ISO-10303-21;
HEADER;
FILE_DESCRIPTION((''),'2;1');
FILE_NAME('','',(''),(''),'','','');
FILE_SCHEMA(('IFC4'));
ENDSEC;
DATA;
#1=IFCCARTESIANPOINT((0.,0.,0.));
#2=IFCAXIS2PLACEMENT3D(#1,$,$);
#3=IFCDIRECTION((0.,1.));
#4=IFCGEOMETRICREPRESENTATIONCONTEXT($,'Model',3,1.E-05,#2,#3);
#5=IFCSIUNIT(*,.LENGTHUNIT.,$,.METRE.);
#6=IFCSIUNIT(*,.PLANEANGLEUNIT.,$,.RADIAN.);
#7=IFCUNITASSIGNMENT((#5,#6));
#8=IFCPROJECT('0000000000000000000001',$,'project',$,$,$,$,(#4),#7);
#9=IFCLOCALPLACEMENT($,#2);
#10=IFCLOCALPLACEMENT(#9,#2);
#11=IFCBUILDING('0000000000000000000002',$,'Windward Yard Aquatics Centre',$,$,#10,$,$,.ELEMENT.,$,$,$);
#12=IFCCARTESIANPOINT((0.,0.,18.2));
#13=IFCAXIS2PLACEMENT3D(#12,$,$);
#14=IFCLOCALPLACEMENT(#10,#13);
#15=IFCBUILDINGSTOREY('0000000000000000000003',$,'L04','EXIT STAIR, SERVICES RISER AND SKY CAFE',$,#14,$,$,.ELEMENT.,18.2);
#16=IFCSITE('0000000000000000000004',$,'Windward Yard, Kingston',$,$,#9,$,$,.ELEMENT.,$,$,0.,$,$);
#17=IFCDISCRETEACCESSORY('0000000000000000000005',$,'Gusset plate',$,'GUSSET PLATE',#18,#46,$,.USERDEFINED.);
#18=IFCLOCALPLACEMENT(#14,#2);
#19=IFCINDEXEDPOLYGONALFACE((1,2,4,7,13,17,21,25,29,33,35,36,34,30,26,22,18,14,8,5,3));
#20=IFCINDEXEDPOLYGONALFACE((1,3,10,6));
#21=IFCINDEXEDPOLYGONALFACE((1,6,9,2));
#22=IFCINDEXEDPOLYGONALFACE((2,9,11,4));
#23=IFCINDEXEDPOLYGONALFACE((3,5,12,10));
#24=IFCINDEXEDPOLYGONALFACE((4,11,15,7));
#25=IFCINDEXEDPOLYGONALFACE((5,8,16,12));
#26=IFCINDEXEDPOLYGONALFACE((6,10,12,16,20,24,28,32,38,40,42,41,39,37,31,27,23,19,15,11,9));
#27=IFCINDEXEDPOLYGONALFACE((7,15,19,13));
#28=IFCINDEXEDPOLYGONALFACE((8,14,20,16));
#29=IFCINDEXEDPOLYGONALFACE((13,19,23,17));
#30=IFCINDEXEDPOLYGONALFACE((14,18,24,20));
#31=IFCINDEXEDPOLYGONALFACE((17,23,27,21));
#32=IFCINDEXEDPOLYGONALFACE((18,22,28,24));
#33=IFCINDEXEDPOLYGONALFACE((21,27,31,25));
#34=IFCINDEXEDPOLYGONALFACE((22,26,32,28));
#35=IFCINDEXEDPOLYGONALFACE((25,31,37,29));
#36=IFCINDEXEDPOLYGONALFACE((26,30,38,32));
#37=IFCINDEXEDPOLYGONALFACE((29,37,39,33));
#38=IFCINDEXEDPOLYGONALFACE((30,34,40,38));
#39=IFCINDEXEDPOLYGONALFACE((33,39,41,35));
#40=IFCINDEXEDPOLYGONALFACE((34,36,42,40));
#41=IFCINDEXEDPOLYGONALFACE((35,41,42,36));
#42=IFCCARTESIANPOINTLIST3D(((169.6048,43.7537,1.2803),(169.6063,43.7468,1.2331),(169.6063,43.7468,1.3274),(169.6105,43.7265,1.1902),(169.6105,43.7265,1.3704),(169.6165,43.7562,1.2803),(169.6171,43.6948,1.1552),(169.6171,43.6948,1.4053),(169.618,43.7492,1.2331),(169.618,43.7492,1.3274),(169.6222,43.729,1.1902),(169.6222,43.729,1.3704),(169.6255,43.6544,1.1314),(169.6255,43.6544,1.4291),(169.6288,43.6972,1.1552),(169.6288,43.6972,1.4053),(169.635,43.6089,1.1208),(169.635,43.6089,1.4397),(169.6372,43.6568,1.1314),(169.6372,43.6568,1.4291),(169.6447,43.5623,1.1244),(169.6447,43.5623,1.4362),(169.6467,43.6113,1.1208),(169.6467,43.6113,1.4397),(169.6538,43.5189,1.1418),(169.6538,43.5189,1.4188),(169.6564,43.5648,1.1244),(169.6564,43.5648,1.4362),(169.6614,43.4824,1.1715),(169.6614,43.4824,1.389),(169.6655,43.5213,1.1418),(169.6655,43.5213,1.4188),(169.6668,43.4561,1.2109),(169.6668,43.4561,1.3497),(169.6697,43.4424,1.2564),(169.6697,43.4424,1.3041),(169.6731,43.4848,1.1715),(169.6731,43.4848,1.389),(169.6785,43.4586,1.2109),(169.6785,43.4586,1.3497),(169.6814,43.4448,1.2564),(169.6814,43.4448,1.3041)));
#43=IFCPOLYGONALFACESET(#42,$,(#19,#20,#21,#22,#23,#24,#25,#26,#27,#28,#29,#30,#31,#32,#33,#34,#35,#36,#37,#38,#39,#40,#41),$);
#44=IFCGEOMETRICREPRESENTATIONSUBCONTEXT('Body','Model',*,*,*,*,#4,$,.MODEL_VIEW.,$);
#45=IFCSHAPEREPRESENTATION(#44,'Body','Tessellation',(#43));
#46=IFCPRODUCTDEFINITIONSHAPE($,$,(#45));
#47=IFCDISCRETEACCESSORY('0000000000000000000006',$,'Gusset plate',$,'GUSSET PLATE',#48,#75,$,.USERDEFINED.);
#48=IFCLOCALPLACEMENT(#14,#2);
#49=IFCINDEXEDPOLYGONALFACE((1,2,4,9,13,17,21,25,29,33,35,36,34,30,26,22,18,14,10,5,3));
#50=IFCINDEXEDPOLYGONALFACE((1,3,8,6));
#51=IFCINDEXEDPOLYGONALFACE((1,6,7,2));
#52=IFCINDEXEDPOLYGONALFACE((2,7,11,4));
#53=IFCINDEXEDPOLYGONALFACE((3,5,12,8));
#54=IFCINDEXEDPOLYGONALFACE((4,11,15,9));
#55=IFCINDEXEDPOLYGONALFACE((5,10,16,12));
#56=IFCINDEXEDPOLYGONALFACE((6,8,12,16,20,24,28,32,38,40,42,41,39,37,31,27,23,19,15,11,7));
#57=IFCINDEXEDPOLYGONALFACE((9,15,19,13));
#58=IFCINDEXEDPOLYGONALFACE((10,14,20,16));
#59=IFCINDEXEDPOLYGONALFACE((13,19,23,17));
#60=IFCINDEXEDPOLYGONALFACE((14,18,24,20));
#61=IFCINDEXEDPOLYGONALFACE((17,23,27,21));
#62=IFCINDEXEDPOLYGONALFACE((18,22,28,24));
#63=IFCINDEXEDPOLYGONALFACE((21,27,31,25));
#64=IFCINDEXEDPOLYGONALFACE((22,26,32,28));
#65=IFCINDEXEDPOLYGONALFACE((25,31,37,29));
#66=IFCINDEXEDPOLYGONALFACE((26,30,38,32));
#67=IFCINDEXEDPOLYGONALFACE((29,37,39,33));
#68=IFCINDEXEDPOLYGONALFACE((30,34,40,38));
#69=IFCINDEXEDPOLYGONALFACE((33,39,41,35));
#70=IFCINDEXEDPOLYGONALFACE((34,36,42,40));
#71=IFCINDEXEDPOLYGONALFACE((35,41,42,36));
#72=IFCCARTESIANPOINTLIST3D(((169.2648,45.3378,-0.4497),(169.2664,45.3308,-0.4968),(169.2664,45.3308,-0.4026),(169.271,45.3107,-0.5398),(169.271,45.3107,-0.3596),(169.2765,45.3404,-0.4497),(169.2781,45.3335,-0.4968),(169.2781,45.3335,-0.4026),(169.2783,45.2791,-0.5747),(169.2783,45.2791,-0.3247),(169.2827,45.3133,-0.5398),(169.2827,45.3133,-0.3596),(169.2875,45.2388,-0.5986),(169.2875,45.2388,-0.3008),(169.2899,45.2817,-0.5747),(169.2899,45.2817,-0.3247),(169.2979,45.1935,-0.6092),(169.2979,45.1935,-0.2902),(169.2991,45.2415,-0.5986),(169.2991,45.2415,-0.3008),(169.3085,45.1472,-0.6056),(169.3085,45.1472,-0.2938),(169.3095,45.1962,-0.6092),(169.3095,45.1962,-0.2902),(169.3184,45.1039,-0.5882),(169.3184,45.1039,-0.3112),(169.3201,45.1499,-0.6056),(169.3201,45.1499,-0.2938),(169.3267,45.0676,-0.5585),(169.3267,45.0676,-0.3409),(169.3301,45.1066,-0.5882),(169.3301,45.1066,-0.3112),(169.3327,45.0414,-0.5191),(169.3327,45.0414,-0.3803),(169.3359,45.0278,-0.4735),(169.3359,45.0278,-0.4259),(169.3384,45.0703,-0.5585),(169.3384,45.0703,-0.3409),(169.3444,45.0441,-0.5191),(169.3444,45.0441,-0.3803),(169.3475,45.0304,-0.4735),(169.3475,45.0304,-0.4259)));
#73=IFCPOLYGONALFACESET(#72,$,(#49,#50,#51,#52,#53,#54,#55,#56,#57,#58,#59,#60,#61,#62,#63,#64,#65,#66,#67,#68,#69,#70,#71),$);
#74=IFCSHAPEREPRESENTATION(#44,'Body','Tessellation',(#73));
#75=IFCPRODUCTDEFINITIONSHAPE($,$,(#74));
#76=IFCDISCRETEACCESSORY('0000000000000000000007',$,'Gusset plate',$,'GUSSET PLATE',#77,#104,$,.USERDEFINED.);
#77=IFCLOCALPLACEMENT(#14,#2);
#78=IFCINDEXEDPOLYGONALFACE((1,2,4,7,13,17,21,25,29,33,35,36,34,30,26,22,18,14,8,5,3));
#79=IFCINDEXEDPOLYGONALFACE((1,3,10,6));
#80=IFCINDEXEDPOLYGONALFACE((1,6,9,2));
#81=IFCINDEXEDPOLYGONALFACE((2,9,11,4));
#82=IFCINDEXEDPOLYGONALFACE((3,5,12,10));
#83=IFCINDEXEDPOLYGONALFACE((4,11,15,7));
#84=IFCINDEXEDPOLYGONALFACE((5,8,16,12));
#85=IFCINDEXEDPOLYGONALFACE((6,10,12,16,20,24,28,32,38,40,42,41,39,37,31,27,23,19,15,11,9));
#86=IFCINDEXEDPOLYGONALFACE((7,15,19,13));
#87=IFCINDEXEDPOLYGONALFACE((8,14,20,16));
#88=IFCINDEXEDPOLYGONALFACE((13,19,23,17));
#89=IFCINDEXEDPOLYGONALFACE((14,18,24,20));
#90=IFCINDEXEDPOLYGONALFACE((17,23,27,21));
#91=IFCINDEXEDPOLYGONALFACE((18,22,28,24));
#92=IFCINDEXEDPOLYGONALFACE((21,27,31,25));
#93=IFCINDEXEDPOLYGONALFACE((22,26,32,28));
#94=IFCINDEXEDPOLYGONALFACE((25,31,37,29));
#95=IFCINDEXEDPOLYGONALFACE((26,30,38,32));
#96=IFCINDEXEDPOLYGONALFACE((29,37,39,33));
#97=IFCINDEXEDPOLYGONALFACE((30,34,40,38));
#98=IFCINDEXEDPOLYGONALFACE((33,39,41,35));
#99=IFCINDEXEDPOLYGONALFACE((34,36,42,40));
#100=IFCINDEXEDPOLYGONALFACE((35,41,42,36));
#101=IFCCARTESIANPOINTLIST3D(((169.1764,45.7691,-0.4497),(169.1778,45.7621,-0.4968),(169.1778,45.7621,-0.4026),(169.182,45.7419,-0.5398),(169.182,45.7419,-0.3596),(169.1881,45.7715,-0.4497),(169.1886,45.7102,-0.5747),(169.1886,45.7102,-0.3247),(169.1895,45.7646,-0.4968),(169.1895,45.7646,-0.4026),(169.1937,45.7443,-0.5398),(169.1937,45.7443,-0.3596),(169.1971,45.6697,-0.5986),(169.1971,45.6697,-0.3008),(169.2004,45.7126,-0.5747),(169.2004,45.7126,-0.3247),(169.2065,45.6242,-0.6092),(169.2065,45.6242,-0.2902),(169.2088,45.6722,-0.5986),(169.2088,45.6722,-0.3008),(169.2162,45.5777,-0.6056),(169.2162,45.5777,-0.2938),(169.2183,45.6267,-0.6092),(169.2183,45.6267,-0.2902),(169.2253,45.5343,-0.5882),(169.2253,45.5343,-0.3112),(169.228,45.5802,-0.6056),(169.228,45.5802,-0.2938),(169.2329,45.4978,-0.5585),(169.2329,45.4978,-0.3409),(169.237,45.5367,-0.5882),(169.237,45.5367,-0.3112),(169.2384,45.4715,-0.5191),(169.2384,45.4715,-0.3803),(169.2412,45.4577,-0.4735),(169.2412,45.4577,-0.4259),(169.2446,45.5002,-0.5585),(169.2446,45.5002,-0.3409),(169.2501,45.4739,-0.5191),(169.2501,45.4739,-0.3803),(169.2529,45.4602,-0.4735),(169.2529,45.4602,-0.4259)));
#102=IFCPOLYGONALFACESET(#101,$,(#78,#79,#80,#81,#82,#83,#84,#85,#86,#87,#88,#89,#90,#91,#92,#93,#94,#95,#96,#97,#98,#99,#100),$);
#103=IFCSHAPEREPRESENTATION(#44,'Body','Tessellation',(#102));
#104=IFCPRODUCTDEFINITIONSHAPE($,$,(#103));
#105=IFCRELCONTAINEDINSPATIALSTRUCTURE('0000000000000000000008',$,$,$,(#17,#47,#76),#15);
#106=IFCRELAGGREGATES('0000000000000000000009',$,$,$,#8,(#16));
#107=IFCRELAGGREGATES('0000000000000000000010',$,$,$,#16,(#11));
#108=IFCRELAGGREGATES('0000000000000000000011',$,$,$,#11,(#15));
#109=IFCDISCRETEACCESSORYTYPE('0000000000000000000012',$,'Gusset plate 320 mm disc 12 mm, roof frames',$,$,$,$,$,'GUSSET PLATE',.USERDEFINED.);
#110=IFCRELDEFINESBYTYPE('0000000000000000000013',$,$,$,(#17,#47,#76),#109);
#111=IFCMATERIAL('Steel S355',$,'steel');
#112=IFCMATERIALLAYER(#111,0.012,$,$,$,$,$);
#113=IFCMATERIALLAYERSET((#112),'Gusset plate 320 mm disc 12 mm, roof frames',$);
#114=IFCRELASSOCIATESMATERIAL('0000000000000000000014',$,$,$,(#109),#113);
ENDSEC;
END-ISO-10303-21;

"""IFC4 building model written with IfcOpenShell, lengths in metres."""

from ifc_helpers import new_model, si_unit, direction, frame, origin, origin_2d, place, context, subcontext, project, spatial, circle, extrude, material, layer, layer_set, type_object, element, save


model = new_model("IFC4")

# Units and contexts
model_context = context("Model", 3, precision=1e-05, world=origin(), true_north=direction((0.0, 1.0)))
body_context = subcontext(model_context, "Body", "Model", "MODEL_VIEW")
ifc_project = project(units=[si_unit("LENGTHUNIT", "METRE"), si_unit("PLANEANGLEUNIT", "RADIAN")], contexts=[model_context])

# Site, building, storey
site_placement = place(None, origin())
site = spatial("IfcSite", under=ifc_project, at=site_placement, Name="Windward Yard, Kingston", CompositionType="ELEMENT", RefElevation=0.0)
building_placement = place(site_placement, origin())
building = spatial("IfcBuilding", under=site, at=building_placement, Name="Windward Yard Aquatics Centre", CompositionType="ELEMENT")
storey_placement = place(building_placement, frame((0.0, 0.0, 18.2)))
storey = spatial("IfcBuildingStorey", under=building, at=storey_placement, Name="L04", Description="EXIT STAIR, SERVICES RISER AND SKY CAFE", CompositionType="ELEMENT", Elevation=18.2)

# Discrete accessories
ifc_material_1 = material(Name="Steel S355", Category="steel")
ifc_layer_1 = layer(ifc_material_1, 0.012)
ifc_layer_set_1 = layer_set([ifc_layer_1], Name="Gusset plate 320 mm disc 12 mm, roof frames")
discrete_accessory_type_1 = type_object("IfcDiscreteAccessoryType", Name="Gusset plate 320 mm disc 12 mm, roof frames", ElementType="GUSSET PLATE", PredefinedType="USERDEFINED", material=ifc_layer_set_1)
for number, where, z_axis, x_axis, name in (
    (1, (169.6375, 43.5972, 1.2803), (0.97898, 0.203954, 0.0), (-0.203954, 0.97898, 0.0), "Gusset plate"),
    (2, (169.3005, 45.1819, -0.4497), (0.974732, 0.223376, 0.0), (-0.223376, 0.974732, 0.0), "Gusset plate"),
    (3, (169.209, 45.6125, -0.4497), (0.97898, 0.203954, 0.0), (-0.203954, 0.97898, 0.0), "Gusset plate"),
):
    element("IfcDiscreteAccessory", number, at=place(storey_placement, frame(where, z_axis=z_axis, x_axis=x_axis)), inside=storey, type_object=discrete_accessory_type_1, Name=name, ObjectType="GUSSET PLATE", PredefinedType="USERDEFINED", context=body_context, shape_type="SweptSolid", body=[
        extrude(circle(Radius=0.1599, at=origin_2d()), origin(), (0.0, 0.0, 1.0), 0.012),
    ])

save(model, "model.ifc")
